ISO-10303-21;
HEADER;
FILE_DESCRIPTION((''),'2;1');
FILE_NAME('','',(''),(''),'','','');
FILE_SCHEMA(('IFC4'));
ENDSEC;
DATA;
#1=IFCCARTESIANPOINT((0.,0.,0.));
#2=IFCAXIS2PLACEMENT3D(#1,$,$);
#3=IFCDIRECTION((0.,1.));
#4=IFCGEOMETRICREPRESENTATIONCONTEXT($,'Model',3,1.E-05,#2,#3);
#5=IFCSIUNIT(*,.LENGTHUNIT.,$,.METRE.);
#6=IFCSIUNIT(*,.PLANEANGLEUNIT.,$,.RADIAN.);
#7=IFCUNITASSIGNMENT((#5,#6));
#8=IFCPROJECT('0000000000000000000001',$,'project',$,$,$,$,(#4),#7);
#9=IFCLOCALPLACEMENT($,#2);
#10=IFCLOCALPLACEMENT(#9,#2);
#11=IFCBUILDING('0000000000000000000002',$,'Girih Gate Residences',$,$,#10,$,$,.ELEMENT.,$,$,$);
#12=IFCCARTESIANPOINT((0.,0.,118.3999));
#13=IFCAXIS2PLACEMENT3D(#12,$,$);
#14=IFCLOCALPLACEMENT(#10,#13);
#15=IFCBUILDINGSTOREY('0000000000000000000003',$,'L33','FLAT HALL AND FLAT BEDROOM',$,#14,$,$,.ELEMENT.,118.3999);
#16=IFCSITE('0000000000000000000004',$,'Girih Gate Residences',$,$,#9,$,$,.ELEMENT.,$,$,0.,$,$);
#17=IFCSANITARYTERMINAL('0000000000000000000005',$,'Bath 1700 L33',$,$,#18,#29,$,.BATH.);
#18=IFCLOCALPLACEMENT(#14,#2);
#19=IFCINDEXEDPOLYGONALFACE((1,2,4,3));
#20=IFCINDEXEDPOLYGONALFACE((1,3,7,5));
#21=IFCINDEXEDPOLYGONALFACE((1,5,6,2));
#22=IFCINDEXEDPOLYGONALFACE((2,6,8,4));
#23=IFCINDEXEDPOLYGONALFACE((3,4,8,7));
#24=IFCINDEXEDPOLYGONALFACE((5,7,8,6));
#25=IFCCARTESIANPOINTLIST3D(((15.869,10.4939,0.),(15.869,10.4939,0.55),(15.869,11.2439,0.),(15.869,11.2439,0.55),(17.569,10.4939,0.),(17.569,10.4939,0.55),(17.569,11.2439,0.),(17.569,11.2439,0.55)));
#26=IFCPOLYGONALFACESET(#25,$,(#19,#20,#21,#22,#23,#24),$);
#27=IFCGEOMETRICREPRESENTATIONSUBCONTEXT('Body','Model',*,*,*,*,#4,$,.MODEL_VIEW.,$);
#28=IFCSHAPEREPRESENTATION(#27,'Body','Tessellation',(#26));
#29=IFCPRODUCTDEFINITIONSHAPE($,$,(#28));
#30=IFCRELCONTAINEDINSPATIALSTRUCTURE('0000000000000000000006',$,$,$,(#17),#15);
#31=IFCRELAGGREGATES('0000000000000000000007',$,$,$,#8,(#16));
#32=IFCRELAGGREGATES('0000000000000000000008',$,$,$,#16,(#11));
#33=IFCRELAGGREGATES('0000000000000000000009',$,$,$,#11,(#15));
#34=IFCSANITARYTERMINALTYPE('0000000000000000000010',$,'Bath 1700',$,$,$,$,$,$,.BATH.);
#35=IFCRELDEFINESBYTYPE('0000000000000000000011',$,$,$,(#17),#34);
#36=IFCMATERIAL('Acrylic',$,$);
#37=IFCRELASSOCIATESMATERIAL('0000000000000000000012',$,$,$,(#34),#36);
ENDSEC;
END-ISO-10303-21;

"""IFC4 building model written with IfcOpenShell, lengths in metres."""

from ifc_helpers import new_model, si_unit, direction, frame, origin, origin_2d, place, context, subcontext, project, spatial, rectangle, extrude, material, type_object, element, save


model = new_model("IFC4")

# Units and contexts
model_context = context("Model", 3, precision=1e-05, world=origin(), true_north=direction((0.0, 1.0)))
body_context = subcontext(model_context, "Body", "Model", "MODEL_VIEW")
ifc_project = project(units=[si_unit("LENGTHUNIT", "METRE"), si_unit("PLANEANGLEUNIT", "RADIAN")], contexts=[model_context])

# Site, building, storey
site_placement = place(None, origin())
site = spatial("IfcSite", under=ifc_project, at=site_placement, Name="Girih Gate Residences", CompositionType="ELEMENT", RefElevation=0.0)
building_placement = place(site_placement, origin())
building = spatial("IfcBuilding", under=site, at=building_placement, Name="Girih Gate Residences", CompositionType="ELEMENT")
storey_placement = place(building_placement, frame((0.0, 0.0, 118.3999)))
storey = spatial("IfcBuildingStorey", under=building, at=storey_placement, Name="L33", Description="FLAT HALL AND FLAT BEDROOM", CompositionType="ELEMENT", Elevation=118.3999)

# Sanitary terminal
ifc_material_1 = material(Name="Acrylic")
sanitary_terminal_type = type_object("IfcSanitaryTerminalType", Name="Bath 1700", PredefinedType="BATH", material=ifc_material_1)
sanitary_terminal_placement = place(storey_placement, frame((16.719, 10.8689, 0.0), z_axis=(0.0, 0.0, 1.0), x_axis=(1.0, 0.0, 0.0)))
element("IfcSanitaryTerminal", 1, at=sanitary_terminal_placement, inside=storey, type_object=sanitary_terminal_type, Name="Bath 1700 L33", PredefinedType="BATH", context=body_context, shape_type="SweptSolid", body=[
    extrude(rectangle(XDim=1.7, YDim=0.75, at=origin_2d()), origin(), (0.0, 0.0, 1.0), 0.55),
])

save(model, "model.ifc")
